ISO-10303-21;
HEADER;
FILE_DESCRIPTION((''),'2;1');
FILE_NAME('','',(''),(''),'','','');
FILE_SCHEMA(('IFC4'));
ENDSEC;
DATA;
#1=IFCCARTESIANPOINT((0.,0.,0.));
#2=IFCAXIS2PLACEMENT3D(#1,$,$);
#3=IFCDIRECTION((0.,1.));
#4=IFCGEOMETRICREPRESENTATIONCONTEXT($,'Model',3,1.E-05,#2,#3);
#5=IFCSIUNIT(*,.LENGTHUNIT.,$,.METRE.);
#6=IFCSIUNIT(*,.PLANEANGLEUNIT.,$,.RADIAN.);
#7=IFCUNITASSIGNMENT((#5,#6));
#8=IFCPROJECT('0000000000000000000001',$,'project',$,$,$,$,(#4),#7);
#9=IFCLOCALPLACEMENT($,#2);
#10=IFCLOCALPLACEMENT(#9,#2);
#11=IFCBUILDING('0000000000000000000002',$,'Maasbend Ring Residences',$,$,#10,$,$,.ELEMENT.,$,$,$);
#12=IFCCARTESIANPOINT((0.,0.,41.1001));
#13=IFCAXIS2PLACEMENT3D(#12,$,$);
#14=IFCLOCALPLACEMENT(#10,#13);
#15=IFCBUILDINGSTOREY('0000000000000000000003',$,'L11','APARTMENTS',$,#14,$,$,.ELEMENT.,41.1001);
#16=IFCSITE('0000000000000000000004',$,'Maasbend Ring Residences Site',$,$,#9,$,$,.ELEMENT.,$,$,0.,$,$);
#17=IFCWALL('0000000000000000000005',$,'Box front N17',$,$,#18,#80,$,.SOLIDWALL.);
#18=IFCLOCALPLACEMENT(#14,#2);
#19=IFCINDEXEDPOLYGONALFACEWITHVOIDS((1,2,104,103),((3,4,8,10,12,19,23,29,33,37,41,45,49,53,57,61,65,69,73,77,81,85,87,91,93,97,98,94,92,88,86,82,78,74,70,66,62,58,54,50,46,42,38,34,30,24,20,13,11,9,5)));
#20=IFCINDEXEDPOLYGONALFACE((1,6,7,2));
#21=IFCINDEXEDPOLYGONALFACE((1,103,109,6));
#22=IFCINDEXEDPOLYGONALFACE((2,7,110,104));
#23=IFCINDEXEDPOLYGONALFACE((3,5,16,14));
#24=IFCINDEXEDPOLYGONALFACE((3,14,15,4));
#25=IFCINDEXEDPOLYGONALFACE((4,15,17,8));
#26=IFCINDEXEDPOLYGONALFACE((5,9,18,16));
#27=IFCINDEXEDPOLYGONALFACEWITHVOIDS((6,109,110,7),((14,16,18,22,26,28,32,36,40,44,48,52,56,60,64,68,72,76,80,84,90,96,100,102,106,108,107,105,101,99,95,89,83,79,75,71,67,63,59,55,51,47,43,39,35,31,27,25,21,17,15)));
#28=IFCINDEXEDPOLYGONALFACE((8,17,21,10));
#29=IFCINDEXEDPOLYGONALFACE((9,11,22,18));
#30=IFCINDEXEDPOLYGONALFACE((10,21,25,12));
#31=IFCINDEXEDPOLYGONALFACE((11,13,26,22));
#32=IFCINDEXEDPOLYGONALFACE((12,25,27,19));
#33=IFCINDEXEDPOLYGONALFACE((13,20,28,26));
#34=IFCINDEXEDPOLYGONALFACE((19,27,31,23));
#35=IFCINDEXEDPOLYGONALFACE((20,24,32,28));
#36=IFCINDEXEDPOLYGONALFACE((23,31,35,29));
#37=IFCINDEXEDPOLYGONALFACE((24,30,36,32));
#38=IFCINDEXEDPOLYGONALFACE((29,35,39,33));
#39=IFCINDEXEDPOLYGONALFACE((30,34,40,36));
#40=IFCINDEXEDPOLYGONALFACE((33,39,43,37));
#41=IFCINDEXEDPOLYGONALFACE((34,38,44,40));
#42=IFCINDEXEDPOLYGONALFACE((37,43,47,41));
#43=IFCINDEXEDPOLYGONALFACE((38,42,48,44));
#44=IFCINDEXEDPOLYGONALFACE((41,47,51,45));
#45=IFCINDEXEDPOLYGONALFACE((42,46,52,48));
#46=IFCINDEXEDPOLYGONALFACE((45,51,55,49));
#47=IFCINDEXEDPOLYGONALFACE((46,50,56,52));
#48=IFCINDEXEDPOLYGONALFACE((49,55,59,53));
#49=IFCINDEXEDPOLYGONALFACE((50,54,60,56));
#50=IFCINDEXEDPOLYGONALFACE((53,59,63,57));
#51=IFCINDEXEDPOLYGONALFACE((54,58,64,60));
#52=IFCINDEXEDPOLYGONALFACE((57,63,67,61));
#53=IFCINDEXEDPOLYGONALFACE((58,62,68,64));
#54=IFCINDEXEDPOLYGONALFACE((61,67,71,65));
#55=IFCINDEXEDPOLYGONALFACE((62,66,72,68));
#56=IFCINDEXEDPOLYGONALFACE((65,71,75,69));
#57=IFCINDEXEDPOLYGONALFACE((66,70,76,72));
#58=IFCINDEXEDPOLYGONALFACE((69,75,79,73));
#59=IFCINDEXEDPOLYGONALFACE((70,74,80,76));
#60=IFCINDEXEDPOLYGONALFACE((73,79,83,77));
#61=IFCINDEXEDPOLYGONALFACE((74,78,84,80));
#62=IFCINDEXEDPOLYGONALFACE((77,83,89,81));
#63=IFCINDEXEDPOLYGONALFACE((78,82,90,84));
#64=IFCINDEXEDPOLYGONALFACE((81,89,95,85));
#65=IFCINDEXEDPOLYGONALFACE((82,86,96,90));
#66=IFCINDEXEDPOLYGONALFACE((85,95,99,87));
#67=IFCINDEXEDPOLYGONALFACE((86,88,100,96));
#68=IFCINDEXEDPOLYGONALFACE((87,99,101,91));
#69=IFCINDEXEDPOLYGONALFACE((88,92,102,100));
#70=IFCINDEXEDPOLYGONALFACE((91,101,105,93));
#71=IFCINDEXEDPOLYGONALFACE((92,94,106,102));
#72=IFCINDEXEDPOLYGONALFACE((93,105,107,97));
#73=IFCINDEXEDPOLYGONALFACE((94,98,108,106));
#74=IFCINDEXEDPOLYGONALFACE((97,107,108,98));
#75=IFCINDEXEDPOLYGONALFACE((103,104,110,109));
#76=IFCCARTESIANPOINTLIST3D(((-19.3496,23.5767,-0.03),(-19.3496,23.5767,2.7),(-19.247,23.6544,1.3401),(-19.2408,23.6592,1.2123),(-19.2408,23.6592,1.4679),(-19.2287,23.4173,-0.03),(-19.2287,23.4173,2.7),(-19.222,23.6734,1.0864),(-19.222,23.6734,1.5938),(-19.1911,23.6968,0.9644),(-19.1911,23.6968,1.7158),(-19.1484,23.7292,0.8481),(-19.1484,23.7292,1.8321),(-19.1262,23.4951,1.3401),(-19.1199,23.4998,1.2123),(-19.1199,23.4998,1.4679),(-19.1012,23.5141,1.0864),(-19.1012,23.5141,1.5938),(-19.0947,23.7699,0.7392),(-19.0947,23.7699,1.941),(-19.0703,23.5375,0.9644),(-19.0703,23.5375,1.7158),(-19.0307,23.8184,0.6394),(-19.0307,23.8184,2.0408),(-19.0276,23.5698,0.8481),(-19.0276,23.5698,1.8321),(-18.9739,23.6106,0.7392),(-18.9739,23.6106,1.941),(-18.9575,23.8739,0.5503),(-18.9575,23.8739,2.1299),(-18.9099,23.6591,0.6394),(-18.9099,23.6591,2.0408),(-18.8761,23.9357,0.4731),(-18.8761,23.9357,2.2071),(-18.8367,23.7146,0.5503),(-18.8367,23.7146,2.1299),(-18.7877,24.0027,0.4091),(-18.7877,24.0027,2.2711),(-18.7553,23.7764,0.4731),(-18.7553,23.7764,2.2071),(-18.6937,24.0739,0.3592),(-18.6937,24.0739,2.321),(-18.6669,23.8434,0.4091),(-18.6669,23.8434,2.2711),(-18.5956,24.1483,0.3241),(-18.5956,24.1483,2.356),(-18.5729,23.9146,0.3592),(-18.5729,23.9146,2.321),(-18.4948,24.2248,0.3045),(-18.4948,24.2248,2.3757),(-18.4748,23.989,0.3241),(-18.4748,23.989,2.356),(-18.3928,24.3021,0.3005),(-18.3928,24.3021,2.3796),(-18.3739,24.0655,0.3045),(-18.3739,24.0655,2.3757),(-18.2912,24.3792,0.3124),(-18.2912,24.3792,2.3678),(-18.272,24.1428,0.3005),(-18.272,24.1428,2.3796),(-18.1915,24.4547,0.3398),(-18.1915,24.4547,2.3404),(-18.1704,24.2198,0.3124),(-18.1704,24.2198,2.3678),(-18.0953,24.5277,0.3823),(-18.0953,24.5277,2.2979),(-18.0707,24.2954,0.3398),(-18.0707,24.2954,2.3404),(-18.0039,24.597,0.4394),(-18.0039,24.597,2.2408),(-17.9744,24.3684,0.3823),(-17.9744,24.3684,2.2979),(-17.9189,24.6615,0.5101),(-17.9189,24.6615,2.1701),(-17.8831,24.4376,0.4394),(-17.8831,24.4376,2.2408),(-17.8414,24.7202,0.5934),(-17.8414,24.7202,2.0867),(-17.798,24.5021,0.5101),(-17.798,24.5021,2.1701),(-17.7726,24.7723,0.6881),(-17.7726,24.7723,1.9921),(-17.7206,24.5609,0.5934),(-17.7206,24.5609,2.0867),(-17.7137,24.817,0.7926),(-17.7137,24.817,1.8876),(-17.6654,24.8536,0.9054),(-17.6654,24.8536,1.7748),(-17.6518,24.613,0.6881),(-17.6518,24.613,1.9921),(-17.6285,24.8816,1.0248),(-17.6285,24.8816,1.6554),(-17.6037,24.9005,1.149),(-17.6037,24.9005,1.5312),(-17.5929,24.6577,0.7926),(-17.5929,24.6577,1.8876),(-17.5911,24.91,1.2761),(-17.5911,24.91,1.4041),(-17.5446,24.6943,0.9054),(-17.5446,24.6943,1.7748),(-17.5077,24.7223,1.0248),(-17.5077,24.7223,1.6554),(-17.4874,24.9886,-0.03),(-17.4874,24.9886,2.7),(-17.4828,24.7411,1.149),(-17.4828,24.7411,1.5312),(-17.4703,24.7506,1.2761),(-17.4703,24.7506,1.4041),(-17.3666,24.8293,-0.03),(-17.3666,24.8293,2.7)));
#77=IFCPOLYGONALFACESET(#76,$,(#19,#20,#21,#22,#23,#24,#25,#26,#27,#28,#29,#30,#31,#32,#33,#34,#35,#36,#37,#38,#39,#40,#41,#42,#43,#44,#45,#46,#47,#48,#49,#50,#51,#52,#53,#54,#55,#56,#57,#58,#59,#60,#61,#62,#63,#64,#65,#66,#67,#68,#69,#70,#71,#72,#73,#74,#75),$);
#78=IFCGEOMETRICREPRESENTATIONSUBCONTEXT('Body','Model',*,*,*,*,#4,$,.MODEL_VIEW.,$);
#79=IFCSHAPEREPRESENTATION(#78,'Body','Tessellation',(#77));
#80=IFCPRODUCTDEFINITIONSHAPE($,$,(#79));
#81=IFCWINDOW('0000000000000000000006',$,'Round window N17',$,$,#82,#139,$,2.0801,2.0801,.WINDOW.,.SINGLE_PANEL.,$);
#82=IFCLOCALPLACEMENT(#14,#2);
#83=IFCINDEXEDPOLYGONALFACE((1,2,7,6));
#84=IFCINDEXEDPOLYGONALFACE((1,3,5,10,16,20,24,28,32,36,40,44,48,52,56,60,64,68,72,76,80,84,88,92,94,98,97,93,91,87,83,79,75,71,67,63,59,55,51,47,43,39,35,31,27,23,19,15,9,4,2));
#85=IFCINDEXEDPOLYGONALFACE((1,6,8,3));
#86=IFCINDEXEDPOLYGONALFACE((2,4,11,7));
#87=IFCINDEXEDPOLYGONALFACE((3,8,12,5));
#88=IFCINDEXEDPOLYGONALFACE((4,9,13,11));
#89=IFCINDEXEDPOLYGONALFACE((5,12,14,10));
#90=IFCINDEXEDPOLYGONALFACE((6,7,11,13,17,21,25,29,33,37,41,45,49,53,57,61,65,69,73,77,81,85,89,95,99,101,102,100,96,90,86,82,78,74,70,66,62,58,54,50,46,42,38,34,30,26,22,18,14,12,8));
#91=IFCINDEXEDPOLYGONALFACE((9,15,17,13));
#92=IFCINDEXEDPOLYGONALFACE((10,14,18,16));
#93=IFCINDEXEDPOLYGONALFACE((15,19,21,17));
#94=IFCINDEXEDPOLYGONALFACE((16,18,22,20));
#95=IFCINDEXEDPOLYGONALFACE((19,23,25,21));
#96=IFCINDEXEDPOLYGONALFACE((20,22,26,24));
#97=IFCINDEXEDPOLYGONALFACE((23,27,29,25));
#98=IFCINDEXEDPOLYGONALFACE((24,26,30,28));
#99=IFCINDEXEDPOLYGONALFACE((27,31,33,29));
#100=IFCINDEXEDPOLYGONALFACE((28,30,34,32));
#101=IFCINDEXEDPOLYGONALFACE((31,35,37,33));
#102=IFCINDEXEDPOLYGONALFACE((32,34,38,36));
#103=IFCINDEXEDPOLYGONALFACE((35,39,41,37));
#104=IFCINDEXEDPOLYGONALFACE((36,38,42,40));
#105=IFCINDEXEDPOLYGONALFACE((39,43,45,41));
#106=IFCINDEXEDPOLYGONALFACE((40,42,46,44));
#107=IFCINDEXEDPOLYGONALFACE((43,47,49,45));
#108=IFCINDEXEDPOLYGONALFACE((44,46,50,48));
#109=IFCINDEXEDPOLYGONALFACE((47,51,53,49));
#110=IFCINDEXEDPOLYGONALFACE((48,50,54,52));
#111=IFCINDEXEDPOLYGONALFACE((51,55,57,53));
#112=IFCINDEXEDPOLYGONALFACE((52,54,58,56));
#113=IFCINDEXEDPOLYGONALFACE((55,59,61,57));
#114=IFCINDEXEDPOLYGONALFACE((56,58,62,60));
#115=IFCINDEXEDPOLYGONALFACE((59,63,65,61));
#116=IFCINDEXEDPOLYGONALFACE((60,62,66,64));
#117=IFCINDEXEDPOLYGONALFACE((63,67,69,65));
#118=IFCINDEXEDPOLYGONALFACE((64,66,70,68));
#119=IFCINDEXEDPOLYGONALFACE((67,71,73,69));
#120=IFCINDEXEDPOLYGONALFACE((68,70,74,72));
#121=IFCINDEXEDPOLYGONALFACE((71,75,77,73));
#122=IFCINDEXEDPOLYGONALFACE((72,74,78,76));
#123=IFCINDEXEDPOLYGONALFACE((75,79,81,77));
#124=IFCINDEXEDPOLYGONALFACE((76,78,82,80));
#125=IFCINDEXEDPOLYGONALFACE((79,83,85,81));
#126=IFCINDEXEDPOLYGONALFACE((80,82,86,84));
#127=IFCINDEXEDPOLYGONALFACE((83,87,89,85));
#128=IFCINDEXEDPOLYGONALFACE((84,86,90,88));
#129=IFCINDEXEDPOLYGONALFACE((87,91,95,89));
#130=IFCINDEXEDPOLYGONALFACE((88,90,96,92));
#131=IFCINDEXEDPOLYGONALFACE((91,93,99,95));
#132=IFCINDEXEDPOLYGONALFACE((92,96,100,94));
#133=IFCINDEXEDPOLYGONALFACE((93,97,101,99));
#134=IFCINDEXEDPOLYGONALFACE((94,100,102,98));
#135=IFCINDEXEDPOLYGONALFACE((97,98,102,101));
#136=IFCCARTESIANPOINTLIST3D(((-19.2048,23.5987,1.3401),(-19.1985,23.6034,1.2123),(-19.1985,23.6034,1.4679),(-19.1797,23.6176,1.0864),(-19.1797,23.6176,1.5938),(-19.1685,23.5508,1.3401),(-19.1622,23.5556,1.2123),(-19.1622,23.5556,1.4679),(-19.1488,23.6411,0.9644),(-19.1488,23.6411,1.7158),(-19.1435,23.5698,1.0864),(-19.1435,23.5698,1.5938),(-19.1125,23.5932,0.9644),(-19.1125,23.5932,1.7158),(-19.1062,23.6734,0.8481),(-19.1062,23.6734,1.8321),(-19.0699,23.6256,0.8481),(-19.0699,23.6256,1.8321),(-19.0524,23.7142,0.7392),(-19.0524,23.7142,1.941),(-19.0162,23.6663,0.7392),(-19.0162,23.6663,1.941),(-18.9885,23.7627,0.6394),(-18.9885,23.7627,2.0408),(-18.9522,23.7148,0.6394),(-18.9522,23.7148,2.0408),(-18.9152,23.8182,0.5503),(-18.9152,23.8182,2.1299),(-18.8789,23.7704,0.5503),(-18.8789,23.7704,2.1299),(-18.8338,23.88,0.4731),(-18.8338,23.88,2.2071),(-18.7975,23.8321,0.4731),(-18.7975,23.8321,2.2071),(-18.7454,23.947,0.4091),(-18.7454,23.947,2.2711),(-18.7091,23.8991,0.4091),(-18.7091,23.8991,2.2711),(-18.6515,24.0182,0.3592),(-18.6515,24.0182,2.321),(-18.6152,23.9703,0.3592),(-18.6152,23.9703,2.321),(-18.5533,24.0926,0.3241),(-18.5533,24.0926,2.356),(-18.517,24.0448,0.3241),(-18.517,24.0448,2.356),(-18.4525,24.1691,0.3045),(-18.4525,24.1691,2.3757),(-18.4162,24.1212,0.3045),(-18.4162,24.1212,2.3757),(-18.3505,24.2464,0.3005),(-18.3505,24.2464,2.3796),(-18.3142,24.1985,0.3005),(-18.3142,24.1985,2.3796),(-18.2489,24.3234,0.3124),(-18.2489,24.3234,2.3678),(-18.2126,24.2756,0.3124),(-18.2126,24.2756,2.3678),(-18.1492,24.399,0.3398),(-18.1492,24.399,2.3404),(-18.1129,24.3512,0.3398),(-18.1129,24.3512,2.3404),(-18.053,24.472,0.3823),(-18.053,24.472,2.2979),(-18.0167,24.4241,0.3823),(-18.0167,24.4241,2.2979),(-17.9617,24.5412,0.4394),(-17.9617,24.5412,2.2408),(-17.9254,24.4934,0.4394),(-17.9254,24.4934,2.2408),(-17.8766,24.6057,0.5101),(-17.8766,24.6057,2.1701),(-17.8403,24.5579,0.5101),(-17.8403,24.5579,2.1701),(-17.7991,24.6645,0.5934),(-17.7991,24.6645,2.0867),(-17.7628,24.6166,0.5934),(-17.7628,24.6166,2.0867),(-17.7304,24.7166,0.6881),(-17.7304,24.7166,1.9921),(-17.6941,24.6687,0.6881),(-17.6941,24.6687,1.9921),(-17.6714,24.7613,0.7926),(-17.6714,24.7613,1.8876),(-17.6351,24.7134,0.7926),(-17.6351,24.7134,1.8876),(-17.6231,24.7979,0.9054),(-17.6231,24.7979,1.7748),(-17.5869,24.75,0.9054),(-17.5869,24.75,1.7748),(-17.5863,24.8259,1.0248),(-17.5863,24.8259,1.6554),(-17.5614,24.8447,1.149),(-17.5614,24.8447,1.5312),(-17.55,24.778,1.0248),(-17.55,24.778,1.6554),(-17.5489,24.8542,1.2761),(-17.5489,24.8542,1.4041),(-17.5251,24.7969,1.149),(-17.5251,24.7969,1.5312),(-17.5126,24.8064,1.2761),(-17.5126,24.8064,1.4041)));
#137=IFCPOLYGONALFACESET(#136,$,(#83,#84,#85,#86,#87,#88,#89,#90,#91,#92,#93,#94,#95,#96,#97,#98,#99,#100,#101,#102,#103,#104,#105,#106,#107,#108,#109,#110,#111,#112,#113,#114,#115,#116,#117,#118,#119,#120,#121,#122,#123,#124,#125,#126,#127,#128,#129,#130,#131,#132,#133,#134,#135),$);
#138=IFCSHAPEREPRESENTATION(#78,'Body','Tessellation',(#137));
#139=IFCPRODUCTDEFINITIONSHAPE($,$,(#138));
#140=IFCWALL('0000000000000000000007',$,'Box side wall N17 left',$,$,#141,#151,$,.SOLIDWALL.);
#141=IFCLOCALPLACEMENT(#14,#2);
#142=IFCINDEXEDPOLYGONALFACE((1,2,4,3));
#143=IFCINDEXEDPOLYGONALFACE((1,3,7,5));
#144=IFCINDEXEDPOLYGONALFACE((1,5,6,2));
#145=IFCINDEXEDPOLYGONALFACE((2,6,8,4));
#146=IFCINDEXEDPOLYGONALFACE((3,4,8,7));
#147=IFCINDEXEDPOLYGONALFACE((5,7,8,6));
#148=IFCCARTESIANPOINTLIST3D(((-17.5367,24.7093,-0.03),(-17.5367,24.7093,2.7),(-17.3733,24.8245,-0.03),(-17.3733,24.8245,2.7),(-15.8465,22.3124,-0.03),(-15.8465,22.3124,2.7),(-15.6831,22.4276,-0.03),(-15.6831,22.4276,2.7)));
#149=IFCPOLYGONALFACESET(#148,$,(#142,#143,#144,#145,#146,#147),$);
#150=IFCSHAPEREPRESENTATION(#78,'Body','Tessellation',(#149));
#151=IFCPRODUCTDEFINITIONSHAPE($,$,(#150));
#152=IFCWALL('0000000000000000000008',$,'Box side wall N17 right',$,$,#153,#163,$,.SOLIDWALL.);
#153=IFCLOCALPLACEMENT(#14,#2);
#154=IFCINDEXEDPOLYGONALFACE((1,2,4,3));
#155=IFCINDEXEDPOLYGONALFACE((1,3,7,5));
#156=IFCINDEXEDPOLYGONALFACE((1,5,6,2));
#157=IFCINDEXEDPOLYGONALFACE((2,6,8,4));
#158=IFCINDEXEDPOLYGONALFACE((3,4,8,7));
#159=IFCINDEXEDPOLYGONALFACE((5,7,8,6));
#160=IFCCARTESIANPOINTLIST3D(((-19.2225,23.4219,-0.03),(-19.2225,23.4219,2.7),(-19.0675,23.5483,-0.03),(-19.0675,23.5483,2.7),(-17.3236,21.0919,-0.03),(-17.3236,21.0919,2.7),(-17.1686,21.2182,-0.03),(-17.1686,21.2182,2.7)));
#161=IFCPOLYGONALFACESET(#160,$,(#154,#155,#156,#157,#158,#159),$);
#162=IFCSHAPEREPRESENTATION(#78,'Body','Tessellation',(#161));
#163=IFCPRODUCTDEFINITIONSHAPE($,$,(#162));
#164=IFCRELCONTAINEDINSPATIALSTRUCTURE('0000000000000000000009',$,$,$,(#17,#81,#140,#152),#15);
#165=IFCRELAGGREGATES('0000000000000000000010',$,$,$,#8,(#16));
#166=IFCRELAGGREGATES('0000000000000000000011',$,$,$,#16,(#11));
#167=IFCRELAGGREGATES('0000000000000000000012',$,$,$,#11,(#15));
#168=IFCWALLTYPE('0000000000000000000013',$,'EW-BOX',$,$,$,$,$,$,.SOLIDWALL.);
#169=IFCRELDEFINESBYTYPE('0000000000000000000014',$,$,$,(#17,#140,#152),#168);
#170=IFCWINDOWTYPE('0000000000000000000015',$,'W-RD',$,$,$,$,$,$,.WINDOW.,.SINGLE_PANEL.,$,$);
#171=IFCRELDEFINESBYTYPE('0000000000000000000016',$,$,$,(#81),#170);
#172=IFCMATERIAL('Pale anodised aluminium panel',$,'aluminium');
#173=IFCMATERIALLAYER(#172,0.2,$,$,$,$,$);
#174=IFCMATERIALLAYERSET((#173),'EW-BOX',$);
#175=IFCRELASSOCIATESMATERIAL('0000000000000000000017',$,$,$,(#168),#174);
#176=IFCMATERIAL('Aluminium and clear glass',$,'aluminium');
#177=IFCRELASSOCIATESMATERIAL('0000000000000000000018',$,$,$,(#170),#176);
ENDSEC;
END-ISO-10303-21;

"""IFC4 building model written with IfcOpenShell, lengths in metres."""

from ifc_helpers import new_model, si_unit, direction, frame, frame_2d, origin, place, context, subcontext, project, spatial, rectangle, circle, extrude, material, layer, layer_set, type_object, element, fill, save


model = new_model("IFC4")

# Units and contexts
model_context = context("Model", 3, precision=1e-05, world=origin(), true_north=direction((0.0, 1.0)))
body_context = subcontext(model_context, "Body", "Model", "MODEL_VIEW")
ifc_project = project(units=[si_unit("LENGTHUNIT", "METRE"), si_unit("PLANEANGLEUNIT", "RADIAN")], contexts=[model_context])

# Site, building, storey
site_placement = place(None, origin())
site = spatial("IfcSite", under=ifc_project, at=site_placement, Name="Maasbend Ring Residences Site", CompositionType="ELEMENT", RefElevation=0.0)
building_placement = place(site_placement, origin())
building = spatial("IfcBuilding", under=site, at=building_placement, Name="Maasbend Ring Residences", CompositionType="ELEMENT")
storey_placement = place(building_placement, frame((0.0, 0.0, 41.1001)))
storey = spatial("IfcBuildingStorey", under=building, at=storey_placement, Name="L11", Description="APARTMENTS", CompositionType="ELEMENT", Elevation=41.1001)

# Shared definitions
ifc_material_1 = material(Name="Pale anodised aluminium panel", Category="aluminium")
ifc_layer_1 = layer(ifc_material_1, 0.2)
ifc_layer_set_1 = layer_set([ifc_layer_1], Name="EW-BOX")
wall_type_1 = type_object("IfcWallType", Name="EW-BOX", PredefinedType="SOLIDWALL", material=ifc_layer_set_1)
ifc_material_2 = material(Name="Aluminium and clear glass", Category="aluminium")
window_type_1 = type_object("IfcWindowType", Name="W-RD", PartitioningType="SINGLE_PANEL", PredefinedType="WINDOW", material=ifc_material_2)

# Wall, opening, window
wall_1_placement = place(storey_placement, frame((-17.427, 24.9089, -0.03), z_axis=(0.0, 0.0, 1.0), x_axis=(-0.796842, -0.604188, 0.0)))
wall_1 = element("IfcWall", 1, at=wall_1_placement, inside=storey, type_object=wall_type_1, Name="Box front N17", PredefinedType="SOLIDWALL", context=body_context, shape_type="SweptSolid", body=[
    extrude(rectangle(XDim=2.3369, YDim=0.2, at=frame_2d((1.1685, 0.0))), origin(), (0.0, 0.0, 1.0), 2.73),
])
opening_1_placement = place(wall_1_placement, frame((0.1282, 0.0, 0.3301)))
opening_1 = element("IfcOpeningElement", 2, at=opening_1_placement, cuts=wall_1, PredefinedType="OPENING", context=body_context, shape_type="SweptSolid", body=[
    extrude(circle(Radius=1.04, at=frame_2d((1.04, 1.04))), frame((0.0, 0.1099, 0.0), z_axis=(0.0, -1.0, 0.0), x_axis=(1.0, 0.0, 0.0)), (0.0, 0.0, 1.0), 0.22),
])
window_1_placement = place(opening_1_placement, origin())
window_1 = element("IfcWindow", 3, at=window_1_placement, inside=storey, type_object=window_type_1, Name="Round window N17", OverallHeight=2.0801, OverallWidth=2.0801, PartitioningType="SINGLE_PANEL", PredefinedType="WINDOW", context=body_context, shape_type="SweptSolid", body=[
    extrude(circle(Radius=1.04, at=frame_2d((1.04, 1.04))), frame((0.0, 0.03, 0.0), z_axis=(0.0, -1.0, 0.0), x_axis=(1.0, 0.0, 0.0)), (0.0, 0.0, 1.0), 0.0601),
])
fill(opening_1, window_1)

# Walls
wall_2_placement = place(storey_placement, frame((-15.7649, 22.3701, -0.03), z_axis=(0.0, 0.0, 1.0), x_axis=(-0.576275, 0.817256, 0.0)))
element("IfcWall", 4, at=wall_2_placement, inside=storey, type_object=wall_type_1, Name="Box side wall N17 left", PredefinedType="SOLIDWALL", context=body_context, shape_type="SweptSolid", body=[
    extrude(rectangle(XDim=2.9329, YDim=0.2, at=frame_2d((1.4663, 0.0))), origin(), (0.0, 0.0, 1.0), 2.73),
])
wall_3_placement = place(storey_placement, frame((-17.2461, 21.155, -0.03), z_axis=(0.0, 0.0, 1.0), x_axis=(-0.631742, 0.775179, 0.0)))
element("IfcWall", 5, at=wall_3_placement, inside=storey, type_object=wall_type_1, Name="Box side wall N17 right", PredefinedType="SOLIDWALL", context=body_context, shape_type="SweptSolid", body=[
    extrude(rectangle(XDim=3.0059, YDim=0.2, at=frame_2d((1.5029, 0.0))), origin(), (0.0, 0.0, 1.0), 2.73),
])

save(model, "model.ifc")
